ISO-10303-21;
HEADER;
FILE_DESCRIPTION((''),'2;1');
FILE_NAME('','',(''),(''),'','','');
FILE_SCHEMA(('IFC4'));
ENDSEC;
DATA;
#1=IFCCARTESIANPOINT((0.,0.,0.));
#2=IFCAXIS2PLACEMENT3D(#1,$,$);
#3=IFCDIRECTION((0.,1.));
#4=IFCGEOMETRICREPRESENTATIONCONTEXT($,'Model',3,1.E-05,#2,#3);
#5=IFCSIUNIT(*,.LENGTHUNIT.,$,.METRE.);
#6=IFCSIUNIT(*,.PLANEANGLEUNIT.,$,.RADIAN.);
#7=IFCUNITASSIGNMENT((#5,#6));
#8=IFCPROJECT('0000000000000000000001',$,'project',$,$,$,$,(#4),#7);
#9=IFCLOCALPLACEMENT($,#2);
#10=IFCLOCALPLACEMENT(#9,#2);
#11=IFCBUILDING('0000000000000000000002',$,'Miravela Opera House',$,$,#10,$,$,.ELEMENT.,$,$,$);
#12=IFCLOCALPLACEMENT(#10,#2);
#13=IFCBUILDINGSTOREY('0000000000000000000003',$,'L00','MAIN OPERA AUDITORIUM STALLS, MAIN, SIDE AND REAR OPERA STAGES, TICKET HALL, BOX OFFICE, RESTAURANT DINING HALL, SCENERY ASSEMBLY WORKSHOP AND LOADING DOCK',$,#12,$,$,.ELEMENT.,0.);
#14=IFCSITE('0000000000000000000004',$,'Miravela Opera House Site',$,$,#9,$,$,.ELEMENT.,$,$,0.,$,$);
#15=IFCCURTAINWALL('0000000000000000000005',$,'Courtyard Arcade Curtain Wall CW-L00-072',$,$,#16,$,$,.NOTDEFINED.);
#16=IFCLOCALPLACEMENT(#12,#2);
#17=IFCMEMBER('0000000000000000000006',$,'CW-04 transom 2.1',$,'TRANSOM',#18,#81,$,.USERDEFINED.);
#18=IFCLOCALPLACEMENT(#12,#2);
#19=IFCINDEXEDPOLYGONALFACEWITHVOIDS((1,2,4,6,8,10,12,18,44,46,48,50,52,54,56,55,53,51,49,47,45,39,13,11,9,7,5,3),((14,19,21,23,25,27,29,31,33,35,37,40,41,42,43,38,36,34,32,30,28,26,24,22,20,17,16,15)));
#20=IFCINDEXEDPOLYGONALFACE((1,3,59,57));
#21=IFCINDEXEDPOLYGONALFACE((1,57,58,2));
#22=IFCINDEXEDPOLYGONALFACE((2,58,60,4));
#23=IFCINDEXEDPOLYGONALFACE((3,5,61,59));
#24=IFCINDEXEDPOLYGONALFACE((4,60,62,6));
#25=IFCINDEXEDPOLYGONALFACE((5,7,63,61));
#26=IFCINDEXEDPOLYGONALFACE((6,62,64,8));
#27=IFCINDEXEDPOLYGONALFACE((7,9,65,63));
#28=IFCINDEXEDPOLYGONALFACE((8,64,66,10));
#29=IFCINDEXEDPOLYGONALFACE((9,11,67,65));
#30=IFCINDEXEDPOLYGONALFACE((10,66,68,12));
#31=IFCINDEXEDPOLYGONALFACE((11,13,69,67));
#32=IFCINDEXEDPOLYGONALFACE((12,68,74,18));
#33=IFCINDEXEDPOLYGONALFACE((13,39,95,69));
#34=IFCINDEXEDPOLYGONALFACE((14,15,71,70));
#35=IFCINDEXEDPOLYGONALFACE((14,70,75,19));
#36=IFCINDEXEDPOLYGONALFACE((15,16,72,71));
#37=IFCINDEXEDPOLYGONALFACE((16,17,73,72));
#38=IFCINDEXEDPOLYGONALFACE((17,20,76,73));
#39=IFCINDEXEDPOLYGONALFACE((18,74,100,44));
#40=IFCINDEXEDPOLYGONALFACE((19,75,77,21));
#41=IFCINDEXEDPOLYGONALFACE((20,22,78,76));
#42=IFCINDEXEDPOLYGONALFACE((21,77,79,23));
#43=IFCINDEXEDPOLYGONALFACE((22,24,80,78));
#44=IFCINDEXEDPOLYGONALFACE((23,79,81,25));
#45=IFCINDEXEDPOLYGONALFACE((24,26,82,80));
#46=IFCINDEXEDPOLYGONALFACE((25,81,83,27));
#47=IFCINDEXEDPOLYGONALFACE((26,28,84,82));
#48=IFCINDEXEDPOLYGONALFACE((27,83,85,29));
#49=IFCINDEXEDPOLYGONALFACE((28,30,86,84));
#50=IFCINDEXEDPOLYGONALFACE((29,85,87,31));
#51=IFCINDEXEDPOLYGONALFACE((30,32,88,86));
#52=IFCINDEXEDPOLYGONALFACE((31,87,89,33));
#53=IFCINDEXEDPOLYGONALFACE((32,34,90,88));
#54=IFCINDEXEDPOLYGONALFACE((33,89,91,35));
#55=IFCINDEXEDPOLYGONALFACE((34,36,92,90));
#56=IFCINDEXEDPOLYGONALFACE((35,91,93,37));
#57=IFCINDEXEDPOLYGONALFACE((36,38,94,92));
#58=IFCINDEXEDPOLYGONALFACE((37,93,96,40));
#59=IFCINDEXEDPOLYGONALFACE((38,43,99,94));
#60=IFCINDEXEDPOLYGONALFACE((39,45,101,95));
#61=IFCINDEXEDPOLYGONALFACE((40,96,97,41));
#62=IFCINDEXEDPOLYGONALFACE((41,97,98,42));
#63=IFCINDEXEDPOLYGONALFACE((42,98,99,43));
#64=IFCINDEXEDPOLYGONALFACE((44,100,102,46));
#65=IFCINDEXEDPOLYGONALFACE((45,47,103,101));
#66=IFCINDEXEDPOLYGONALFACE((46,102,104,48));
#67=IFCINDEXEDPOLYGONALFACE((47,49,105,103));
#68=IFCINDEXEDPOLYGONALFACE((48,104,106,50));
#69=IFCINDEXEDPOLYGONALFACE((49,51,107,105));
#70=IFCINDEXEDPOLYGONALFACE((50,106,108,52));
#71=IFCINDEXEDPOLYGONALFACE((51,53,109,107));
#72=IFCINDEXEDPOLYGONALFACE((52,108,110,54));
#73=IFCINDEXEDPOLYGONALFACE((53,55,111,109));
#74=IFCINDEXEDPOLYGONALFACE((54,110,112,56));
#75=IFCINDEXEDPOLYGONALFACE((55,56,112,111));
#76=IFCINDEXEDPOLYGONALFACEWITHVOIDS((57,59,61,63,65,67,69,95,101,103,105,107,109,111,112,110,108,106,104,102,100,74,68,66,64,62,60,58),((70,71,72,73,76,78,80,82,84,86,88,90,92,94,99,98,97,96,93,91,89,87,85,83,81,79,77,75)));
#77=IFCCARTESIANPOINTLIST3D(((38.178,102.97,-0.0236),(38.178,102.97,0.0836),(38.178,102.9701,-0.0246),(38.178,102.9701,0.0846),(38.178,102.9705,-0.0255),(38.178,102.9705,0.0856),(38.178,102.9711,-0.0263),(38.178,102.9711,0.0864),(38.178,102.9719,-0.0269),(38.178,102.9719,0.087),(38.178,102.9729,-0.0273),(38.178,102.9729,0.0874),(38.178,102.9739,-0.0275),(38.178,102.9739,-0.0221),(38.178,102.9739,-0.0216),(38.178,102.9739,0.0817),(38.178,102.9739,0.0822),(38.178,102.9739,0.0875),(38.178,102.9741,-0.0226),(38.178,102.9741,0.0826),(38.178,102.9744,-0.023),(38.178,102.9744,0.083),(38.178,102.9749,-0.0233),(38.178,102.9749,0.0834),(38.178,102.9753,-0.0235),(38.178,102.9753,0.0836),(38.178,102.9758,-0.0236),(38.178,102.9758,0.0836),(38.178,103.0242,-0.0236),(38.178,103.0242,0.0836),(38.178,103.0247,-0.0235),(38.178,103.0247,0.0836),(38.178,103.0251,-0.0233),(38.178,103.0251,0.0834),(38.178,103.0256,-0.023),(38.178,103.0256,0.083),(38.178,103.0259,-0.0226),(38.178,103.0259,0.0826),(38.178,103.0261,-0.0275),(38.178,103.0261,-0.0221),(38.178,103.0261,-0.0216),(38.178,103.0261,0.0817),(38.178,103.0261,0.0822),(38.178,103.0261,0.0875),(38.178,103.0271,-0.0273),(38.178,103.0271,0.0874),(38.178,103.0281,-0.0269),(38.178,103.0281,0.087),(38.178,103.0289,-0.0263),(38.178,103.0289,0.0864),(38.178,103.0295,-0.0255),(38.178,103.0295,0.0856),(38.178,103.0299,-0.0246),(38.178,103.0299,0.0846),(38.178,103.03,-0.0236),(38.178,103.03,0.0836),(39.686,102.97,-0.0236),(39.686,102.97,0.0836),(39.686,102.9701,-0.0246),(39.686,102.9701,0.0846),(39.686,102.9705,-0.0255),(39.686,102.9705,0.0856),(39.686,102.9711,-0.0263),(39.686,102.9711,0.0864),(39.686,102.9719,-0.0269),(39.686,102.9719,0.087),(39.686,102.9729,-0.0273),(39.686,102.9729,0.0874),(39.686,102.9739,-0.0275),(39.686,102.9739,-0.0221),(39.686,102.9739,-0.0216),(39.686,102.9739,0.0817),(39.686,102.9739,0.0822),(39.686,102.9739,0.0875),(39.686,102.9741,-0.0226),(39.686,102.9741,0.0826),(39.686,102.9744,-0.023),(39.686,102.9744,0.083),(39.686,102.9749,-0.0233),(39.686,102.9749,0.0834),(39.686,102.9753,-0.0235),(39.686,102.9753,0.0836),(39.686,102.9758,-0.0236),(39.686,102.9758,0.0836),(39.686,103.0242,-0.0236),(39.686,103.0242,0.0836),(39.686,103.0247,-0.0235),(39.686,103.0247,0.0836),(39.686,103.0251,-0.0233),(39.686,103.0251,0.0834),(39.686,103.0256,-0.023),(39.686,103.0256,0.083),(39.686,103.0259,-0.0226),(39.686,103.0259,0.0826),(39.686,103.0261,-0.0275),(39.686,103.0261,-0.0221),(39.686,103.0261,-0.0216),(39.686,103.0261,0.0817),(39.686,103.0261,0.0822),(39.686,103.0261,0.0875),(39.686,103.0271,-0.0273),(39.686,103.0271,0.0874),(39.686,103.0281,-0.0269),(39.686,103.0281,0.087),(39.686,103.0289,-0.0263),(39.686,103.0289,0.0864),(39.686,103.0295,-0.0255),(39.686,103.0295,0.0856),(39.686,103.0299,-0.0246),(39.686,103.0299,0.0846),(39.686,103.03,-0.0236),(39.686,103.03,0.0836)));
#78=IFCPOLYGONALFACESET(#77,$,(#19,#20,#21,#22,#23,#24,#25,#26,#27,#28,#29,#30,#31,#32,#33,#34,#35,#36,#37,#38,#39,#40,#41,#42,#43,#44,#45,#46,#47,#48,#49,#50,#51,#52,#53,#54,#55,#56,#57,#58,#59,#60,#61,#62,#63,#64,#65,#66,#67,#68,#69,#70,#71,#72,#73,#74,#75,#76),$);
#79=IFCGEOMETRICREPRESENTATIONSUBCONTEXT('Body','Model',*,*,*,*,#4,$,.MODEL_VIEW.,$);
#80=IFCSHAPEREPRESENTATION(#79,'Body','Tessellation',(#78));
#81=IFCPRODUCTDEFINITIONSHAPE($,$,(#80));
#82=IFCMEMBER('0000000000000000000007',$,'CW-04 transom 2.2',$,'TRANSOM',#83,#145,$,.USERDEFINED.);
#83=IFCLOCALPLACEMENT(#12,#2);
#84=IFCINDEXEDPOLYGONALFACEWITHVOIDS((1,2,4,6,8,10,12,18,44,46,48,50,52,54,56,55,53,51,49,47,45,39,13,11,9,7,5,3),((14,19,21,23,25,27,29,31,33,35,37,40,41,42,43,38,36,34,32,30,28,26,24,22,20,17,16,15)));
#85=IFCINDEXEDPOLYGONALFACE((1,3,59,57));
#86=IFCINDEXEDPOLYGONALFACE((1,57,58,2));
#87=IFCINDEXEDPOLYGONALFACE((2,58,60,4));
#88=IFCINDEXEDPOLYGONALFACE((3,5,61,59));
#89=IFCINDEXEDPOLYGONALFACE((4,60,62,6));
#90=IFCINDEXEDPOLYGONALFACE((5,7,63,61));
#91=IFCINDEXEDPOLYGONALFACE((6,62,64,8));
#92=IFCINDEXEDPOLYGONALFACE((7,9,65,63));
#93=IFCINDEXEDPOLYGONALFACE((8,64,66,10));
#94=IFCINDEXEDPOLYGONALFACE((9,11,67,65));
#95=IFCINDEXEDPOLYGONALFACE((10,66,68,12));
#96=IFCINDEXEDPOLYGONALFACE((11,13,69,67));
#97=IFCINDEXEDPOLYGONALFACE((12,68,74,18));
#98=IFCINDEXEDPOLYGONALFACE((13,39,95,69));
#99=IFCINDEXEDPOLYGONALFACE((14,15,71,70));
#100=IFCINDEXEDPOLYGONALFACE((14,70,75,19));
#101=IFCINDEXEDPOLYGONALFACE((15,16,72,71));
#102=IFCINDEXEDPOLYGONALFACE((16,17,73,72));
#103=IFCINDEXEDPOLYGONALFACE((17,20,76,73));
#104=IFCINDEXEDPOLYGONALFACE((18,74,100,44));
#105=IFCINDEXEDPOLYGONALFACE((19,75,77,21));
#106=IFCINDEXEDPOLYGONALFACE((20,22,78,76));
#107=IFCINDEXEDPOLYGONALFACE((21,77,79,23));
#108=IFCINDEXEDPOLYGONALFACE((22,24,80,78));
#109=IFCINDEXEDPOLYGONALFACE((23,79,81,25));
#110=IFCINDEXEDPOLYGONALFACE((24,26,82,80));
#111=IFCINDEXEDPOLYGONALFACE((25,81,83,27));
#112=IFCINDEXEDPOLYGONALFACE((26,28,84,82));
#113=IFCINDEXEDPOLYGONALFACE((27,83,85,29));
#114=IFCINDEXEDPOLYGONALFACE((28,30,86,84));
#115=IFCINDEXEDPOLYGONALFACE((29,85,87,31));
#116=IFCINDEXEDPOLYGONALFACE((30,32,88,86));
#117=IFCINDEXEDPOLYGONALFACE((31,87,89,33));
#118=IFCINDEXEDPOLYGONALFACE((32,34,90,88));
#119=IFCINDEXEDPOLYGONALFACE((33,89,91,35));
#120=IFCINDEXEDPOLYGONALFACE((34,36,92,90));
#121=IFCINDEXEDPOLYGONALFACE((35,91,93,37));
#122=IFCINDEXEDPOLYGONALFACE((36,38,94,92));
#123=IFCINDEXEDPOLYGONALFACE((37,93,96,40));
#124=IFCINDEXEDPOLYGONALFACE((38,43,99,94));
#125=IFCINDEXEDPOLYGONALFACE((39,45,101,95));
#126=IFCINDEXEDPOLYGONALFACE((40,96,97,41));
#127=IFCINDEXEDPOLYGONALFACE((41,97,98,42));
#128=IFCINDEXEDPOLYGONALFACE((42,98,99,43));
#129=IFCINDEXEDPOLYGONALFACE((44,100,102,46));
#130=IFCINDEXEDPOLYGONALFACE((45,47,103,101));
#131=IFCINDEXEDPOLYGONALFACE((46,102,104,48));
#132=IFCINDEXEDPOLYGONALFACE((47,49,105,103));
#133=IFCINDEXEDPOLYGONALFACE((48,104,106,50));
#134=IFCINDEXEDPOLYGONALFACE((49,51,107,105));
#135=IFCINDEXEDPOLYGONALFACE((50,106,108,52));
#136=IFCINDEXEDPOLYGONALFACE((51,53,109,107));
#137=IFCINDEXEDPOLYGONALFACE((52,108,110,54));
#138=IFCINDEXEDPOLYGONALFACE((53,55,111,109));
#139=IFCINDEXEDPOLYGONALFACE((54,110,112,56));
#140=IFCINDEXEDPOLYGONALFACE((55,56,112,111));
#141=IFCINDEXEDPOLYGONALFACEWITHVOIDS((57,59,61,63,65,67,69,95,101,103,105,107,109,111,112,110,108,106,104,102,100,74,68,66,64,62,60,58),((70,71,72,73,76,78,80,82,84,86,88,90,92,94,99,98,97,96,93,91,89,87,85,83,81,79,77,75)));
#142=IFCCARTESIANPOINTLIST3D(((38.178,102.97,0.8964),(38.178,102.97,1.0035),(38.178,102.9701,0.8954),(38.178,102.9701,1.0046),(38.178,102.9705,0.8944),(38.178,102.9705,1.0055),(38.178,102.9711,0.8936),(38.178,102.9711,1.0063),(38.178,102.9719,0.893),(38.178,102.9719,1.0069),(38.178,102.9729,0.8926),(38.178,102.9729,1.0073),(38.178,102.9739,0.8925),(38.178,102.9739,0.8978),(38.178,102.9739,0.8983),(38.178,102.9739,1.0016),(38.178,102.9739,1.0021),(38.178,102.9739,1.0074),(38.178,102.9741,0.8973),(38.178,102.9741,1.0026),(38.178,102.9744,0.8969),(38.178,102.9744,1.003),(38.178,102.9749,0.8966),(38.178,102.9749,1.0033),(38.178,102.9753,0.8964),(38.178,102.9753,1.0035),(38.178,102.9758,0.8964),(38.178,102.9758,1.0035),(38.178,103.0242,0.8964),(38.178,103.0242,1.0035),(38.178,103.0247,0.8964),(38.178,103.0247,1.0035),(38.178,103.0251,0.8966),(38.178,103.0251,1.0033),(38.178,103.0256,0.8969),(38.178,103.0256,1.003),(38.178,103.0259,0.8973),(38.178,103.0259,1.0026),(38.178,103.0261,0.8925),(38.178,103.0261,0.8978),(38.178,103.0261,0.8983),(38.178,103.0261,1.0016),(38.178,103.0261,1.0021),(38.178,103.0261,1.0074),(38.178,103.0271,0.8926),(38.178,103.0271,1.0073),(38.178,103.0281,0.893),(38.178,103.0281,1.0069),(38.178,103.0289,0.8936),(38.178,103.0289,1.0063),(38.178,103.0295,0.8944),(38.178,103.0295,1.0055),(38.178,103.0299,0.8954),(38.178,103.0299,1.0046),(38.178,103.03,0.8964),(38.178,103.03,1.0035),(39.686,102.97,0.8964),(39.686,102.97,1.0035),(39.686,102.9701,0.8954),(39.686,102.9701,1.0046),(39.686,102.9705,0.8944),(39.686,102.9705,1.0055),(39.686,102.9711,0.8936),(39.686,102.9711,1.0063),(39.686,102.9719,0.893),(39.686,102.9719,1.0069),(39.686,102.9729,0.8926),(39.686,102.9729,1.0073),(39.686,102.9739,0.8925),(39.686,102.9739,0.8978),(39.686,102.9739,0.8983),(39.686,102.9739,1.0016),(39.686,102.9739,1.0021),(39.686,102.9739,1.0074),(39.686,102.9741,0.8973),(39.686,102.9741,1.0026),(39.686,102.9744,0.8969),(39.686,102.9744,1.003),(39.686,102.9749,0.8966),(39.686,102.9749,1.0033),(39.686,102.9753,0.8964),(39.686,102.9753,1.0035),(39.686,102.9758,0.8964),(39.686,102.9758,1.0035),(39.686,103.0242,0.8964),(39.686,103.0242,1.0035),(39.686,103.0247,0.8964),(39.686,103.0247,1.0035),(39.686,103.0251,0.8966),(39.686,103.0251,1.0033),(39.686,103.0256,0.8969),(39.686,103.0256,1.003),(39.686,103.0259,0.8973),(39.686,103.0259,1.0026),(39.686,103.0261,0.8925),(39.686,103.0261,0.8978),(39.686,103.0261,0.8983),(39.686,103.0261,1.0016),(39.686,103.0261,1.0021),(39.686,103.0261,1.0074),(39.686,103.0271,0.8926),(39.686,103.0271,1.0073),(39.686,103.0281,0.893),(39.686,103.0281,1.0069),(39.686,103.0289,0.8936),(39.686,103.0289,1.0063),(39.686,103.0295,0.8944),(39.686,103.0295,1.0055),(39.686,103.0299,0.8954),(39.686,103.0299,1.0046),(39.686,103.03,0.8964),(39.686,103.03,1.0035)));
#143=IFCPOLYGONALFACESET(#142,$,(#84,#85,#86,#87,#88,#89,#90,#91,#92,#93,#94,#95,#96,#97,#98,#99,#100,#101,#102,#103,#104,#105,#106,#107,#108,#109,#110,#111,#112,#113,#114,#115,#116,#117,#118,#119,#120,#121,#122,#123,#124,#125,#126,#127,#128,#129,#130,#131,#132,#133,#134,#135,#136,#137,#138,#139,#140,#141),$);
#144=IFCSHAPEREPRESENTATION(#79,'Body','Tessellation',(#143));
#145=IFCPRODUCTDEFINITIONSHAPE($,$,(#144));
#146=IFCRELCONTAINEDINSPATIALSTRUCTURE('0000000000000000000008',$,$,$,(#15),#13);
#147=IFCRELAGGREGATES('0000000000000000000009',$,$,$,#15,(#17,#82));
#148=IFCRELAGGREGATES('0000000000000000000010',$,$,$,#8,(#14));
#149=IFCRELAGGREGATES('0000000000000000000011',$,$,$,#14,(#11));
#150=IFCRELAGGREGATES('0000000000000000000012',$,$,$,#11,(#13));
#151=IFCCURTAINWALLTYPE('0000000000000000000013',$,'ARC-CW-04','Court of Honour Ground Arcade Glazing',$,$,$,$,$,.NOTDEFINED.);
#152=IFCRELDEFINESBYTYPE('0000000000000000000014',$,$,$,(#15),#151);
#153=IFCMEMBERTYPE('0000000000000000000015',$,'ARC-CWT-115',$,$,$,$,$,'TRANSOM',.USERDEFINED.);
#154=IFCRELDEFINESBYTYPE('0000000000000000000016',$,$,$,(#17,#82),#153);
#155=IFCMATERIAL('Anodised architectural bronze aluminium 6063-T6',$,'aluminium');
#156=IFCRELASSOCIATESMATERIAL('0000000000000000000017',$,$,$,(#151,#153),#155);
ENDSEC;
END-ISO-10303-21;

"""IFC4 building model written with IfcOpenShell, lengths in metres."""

from ifc_helpers import new_model, si_unit, direction, frame, origin, origin_2d, place, context, subcontext, project, spatial, hollow_rectangle, extrude, material, material_profile, profile_set, type_object, element, aggregate, save


model = new_model("IFC4")

# Units and contexts
model_context = context("Model", 3, precision=1e-05, world=origin(), true_north=direction((0.0, 1.0)))
body_context = subcontext(model_context, "Body", "Model", "MODEL_VIEW")
ifc_project = project(units=[si_unit("LENGTHUNIT", "METRE"), si_unit("PLANEANGLEUNIT", "RADIAN")], contexts=[model_context])

# Site, building, storey
site_placement = place(None, origin())
site = spatial("IfcSite", under=ifc_project, at=site_placement, Name="Miravela Opera House Site", CompositionType="ELEMENT", RefElevation=0.0)
building_placement = place(site_placement, origin())
building = spatial("IfcBuilding", under=site, at=building_placement, Name="Miravela Opera House", CompositionType="ELEMENT")
storey_placement = place(building_placement, origin())
storey = spatial("IfcBuildingStorey", under=building, at=storey_placement, Name="L00", Description="MAIN OPERA AUDITORIUM STALLS, MAIN, SIDE AND REAR OPERA STAGES, TICKET HALL, BOX OFFICE, RESTAURANT DINING HALL, SCENERY ASSEMBLY WORKSHOP AND LOADING DOCK", CompositionType="ELEMENT", Elevation=0.0)

# Curtain wall, members
ifc_material_1 = material(Name="Anodised architectural bronze aluminium 6063-T6", Category="aluminium")
curtain_wall_type = type_object("IfcCurtainWallType", Name="ARC-CW-04", Description="Court of Honour Ground Arcade Glazing", PredefinedType="NOTDEFINED", material=ifc_material_1)
curtain_wall_placement = place(storey_placement, origin())
curtain_wall = element("IfcCurtainWall", 1, at=curtain_wall_placement, inside=storey, type_object=curtain_wall_type, Name="Courtyard Arcade Curtain Wall CW-L00-072", PredefinedType="NOTDEFINED")
ifc_material_profile_1 = material_profile(ifc_material_1, hollow_rectangle(XDim=0.0601, YDim=0.115, WallThickness=0.0039, InnerFilletRadius=0.002, OuterFilletRadius=0.0039, at=origin_2d()), Name="CWT-60X115")
ifc_profile_set_1 = profile_set([ifc_material_profile_1])
member_type_1 = type_object("IfcMemberType", Name="ARC-CWT-115", ElementType="TRANSOM", PredefinedType="USERDEFINED", material=ifc_profile_set_1)
member_1_placement = place(storey_placement, frame((38.178, 103.0, 0.03), z_axis=(1.0, 0.0, 0.0), x_axis=(0.0, 1.0, 0.0)))
member_1 = element("IfcMember", 2, at=member_1_placement, type_object=member_type_1, Name="CW-04 transom 2.1", ObjectType="TRANSOM", PredefinedType="USERDEFINED", context=body_context, shape_type="SweptSolid", body=[
    extrude(hollow_rectangle(XDim=0.0601, YDim=0.115, WallThickness=0.0039, InnerFilletRadius=0.002, OuterFilletRadius=0.0039, at=origin_2d()), origin(), (0.0, 0.0, 1.0), 1.5081),
])
member_2_placement = place(storey_placement, frame((38.178, 103.0, 0.95), z_axis=(1.0, 0.0, 0.0), x_axis=(0.0, 1.0, 0.0)))
member_2 = element("IfcMember", 3, at=member_2_placement, type_object=member_type_1, Name="CW-04 transom 2.2", ObjectType="TRANSOM", PredefinedType="USERDEFINED", context=body_context, shape_type="SweptSolid", body=[
    extrude(hollow_rectangle(XDim=0.0601, YDim=0.115, WallThickness=0.0039, InnerFilletRadius=0.002, OuterFilletRadius=0.0039, at=origin_2d()), origin(), (0.0, 0.0, 1.0), 1.5081),
])
aggregate(curtain_wall, [member_1, member_2])

save(model, "model.ifc")
